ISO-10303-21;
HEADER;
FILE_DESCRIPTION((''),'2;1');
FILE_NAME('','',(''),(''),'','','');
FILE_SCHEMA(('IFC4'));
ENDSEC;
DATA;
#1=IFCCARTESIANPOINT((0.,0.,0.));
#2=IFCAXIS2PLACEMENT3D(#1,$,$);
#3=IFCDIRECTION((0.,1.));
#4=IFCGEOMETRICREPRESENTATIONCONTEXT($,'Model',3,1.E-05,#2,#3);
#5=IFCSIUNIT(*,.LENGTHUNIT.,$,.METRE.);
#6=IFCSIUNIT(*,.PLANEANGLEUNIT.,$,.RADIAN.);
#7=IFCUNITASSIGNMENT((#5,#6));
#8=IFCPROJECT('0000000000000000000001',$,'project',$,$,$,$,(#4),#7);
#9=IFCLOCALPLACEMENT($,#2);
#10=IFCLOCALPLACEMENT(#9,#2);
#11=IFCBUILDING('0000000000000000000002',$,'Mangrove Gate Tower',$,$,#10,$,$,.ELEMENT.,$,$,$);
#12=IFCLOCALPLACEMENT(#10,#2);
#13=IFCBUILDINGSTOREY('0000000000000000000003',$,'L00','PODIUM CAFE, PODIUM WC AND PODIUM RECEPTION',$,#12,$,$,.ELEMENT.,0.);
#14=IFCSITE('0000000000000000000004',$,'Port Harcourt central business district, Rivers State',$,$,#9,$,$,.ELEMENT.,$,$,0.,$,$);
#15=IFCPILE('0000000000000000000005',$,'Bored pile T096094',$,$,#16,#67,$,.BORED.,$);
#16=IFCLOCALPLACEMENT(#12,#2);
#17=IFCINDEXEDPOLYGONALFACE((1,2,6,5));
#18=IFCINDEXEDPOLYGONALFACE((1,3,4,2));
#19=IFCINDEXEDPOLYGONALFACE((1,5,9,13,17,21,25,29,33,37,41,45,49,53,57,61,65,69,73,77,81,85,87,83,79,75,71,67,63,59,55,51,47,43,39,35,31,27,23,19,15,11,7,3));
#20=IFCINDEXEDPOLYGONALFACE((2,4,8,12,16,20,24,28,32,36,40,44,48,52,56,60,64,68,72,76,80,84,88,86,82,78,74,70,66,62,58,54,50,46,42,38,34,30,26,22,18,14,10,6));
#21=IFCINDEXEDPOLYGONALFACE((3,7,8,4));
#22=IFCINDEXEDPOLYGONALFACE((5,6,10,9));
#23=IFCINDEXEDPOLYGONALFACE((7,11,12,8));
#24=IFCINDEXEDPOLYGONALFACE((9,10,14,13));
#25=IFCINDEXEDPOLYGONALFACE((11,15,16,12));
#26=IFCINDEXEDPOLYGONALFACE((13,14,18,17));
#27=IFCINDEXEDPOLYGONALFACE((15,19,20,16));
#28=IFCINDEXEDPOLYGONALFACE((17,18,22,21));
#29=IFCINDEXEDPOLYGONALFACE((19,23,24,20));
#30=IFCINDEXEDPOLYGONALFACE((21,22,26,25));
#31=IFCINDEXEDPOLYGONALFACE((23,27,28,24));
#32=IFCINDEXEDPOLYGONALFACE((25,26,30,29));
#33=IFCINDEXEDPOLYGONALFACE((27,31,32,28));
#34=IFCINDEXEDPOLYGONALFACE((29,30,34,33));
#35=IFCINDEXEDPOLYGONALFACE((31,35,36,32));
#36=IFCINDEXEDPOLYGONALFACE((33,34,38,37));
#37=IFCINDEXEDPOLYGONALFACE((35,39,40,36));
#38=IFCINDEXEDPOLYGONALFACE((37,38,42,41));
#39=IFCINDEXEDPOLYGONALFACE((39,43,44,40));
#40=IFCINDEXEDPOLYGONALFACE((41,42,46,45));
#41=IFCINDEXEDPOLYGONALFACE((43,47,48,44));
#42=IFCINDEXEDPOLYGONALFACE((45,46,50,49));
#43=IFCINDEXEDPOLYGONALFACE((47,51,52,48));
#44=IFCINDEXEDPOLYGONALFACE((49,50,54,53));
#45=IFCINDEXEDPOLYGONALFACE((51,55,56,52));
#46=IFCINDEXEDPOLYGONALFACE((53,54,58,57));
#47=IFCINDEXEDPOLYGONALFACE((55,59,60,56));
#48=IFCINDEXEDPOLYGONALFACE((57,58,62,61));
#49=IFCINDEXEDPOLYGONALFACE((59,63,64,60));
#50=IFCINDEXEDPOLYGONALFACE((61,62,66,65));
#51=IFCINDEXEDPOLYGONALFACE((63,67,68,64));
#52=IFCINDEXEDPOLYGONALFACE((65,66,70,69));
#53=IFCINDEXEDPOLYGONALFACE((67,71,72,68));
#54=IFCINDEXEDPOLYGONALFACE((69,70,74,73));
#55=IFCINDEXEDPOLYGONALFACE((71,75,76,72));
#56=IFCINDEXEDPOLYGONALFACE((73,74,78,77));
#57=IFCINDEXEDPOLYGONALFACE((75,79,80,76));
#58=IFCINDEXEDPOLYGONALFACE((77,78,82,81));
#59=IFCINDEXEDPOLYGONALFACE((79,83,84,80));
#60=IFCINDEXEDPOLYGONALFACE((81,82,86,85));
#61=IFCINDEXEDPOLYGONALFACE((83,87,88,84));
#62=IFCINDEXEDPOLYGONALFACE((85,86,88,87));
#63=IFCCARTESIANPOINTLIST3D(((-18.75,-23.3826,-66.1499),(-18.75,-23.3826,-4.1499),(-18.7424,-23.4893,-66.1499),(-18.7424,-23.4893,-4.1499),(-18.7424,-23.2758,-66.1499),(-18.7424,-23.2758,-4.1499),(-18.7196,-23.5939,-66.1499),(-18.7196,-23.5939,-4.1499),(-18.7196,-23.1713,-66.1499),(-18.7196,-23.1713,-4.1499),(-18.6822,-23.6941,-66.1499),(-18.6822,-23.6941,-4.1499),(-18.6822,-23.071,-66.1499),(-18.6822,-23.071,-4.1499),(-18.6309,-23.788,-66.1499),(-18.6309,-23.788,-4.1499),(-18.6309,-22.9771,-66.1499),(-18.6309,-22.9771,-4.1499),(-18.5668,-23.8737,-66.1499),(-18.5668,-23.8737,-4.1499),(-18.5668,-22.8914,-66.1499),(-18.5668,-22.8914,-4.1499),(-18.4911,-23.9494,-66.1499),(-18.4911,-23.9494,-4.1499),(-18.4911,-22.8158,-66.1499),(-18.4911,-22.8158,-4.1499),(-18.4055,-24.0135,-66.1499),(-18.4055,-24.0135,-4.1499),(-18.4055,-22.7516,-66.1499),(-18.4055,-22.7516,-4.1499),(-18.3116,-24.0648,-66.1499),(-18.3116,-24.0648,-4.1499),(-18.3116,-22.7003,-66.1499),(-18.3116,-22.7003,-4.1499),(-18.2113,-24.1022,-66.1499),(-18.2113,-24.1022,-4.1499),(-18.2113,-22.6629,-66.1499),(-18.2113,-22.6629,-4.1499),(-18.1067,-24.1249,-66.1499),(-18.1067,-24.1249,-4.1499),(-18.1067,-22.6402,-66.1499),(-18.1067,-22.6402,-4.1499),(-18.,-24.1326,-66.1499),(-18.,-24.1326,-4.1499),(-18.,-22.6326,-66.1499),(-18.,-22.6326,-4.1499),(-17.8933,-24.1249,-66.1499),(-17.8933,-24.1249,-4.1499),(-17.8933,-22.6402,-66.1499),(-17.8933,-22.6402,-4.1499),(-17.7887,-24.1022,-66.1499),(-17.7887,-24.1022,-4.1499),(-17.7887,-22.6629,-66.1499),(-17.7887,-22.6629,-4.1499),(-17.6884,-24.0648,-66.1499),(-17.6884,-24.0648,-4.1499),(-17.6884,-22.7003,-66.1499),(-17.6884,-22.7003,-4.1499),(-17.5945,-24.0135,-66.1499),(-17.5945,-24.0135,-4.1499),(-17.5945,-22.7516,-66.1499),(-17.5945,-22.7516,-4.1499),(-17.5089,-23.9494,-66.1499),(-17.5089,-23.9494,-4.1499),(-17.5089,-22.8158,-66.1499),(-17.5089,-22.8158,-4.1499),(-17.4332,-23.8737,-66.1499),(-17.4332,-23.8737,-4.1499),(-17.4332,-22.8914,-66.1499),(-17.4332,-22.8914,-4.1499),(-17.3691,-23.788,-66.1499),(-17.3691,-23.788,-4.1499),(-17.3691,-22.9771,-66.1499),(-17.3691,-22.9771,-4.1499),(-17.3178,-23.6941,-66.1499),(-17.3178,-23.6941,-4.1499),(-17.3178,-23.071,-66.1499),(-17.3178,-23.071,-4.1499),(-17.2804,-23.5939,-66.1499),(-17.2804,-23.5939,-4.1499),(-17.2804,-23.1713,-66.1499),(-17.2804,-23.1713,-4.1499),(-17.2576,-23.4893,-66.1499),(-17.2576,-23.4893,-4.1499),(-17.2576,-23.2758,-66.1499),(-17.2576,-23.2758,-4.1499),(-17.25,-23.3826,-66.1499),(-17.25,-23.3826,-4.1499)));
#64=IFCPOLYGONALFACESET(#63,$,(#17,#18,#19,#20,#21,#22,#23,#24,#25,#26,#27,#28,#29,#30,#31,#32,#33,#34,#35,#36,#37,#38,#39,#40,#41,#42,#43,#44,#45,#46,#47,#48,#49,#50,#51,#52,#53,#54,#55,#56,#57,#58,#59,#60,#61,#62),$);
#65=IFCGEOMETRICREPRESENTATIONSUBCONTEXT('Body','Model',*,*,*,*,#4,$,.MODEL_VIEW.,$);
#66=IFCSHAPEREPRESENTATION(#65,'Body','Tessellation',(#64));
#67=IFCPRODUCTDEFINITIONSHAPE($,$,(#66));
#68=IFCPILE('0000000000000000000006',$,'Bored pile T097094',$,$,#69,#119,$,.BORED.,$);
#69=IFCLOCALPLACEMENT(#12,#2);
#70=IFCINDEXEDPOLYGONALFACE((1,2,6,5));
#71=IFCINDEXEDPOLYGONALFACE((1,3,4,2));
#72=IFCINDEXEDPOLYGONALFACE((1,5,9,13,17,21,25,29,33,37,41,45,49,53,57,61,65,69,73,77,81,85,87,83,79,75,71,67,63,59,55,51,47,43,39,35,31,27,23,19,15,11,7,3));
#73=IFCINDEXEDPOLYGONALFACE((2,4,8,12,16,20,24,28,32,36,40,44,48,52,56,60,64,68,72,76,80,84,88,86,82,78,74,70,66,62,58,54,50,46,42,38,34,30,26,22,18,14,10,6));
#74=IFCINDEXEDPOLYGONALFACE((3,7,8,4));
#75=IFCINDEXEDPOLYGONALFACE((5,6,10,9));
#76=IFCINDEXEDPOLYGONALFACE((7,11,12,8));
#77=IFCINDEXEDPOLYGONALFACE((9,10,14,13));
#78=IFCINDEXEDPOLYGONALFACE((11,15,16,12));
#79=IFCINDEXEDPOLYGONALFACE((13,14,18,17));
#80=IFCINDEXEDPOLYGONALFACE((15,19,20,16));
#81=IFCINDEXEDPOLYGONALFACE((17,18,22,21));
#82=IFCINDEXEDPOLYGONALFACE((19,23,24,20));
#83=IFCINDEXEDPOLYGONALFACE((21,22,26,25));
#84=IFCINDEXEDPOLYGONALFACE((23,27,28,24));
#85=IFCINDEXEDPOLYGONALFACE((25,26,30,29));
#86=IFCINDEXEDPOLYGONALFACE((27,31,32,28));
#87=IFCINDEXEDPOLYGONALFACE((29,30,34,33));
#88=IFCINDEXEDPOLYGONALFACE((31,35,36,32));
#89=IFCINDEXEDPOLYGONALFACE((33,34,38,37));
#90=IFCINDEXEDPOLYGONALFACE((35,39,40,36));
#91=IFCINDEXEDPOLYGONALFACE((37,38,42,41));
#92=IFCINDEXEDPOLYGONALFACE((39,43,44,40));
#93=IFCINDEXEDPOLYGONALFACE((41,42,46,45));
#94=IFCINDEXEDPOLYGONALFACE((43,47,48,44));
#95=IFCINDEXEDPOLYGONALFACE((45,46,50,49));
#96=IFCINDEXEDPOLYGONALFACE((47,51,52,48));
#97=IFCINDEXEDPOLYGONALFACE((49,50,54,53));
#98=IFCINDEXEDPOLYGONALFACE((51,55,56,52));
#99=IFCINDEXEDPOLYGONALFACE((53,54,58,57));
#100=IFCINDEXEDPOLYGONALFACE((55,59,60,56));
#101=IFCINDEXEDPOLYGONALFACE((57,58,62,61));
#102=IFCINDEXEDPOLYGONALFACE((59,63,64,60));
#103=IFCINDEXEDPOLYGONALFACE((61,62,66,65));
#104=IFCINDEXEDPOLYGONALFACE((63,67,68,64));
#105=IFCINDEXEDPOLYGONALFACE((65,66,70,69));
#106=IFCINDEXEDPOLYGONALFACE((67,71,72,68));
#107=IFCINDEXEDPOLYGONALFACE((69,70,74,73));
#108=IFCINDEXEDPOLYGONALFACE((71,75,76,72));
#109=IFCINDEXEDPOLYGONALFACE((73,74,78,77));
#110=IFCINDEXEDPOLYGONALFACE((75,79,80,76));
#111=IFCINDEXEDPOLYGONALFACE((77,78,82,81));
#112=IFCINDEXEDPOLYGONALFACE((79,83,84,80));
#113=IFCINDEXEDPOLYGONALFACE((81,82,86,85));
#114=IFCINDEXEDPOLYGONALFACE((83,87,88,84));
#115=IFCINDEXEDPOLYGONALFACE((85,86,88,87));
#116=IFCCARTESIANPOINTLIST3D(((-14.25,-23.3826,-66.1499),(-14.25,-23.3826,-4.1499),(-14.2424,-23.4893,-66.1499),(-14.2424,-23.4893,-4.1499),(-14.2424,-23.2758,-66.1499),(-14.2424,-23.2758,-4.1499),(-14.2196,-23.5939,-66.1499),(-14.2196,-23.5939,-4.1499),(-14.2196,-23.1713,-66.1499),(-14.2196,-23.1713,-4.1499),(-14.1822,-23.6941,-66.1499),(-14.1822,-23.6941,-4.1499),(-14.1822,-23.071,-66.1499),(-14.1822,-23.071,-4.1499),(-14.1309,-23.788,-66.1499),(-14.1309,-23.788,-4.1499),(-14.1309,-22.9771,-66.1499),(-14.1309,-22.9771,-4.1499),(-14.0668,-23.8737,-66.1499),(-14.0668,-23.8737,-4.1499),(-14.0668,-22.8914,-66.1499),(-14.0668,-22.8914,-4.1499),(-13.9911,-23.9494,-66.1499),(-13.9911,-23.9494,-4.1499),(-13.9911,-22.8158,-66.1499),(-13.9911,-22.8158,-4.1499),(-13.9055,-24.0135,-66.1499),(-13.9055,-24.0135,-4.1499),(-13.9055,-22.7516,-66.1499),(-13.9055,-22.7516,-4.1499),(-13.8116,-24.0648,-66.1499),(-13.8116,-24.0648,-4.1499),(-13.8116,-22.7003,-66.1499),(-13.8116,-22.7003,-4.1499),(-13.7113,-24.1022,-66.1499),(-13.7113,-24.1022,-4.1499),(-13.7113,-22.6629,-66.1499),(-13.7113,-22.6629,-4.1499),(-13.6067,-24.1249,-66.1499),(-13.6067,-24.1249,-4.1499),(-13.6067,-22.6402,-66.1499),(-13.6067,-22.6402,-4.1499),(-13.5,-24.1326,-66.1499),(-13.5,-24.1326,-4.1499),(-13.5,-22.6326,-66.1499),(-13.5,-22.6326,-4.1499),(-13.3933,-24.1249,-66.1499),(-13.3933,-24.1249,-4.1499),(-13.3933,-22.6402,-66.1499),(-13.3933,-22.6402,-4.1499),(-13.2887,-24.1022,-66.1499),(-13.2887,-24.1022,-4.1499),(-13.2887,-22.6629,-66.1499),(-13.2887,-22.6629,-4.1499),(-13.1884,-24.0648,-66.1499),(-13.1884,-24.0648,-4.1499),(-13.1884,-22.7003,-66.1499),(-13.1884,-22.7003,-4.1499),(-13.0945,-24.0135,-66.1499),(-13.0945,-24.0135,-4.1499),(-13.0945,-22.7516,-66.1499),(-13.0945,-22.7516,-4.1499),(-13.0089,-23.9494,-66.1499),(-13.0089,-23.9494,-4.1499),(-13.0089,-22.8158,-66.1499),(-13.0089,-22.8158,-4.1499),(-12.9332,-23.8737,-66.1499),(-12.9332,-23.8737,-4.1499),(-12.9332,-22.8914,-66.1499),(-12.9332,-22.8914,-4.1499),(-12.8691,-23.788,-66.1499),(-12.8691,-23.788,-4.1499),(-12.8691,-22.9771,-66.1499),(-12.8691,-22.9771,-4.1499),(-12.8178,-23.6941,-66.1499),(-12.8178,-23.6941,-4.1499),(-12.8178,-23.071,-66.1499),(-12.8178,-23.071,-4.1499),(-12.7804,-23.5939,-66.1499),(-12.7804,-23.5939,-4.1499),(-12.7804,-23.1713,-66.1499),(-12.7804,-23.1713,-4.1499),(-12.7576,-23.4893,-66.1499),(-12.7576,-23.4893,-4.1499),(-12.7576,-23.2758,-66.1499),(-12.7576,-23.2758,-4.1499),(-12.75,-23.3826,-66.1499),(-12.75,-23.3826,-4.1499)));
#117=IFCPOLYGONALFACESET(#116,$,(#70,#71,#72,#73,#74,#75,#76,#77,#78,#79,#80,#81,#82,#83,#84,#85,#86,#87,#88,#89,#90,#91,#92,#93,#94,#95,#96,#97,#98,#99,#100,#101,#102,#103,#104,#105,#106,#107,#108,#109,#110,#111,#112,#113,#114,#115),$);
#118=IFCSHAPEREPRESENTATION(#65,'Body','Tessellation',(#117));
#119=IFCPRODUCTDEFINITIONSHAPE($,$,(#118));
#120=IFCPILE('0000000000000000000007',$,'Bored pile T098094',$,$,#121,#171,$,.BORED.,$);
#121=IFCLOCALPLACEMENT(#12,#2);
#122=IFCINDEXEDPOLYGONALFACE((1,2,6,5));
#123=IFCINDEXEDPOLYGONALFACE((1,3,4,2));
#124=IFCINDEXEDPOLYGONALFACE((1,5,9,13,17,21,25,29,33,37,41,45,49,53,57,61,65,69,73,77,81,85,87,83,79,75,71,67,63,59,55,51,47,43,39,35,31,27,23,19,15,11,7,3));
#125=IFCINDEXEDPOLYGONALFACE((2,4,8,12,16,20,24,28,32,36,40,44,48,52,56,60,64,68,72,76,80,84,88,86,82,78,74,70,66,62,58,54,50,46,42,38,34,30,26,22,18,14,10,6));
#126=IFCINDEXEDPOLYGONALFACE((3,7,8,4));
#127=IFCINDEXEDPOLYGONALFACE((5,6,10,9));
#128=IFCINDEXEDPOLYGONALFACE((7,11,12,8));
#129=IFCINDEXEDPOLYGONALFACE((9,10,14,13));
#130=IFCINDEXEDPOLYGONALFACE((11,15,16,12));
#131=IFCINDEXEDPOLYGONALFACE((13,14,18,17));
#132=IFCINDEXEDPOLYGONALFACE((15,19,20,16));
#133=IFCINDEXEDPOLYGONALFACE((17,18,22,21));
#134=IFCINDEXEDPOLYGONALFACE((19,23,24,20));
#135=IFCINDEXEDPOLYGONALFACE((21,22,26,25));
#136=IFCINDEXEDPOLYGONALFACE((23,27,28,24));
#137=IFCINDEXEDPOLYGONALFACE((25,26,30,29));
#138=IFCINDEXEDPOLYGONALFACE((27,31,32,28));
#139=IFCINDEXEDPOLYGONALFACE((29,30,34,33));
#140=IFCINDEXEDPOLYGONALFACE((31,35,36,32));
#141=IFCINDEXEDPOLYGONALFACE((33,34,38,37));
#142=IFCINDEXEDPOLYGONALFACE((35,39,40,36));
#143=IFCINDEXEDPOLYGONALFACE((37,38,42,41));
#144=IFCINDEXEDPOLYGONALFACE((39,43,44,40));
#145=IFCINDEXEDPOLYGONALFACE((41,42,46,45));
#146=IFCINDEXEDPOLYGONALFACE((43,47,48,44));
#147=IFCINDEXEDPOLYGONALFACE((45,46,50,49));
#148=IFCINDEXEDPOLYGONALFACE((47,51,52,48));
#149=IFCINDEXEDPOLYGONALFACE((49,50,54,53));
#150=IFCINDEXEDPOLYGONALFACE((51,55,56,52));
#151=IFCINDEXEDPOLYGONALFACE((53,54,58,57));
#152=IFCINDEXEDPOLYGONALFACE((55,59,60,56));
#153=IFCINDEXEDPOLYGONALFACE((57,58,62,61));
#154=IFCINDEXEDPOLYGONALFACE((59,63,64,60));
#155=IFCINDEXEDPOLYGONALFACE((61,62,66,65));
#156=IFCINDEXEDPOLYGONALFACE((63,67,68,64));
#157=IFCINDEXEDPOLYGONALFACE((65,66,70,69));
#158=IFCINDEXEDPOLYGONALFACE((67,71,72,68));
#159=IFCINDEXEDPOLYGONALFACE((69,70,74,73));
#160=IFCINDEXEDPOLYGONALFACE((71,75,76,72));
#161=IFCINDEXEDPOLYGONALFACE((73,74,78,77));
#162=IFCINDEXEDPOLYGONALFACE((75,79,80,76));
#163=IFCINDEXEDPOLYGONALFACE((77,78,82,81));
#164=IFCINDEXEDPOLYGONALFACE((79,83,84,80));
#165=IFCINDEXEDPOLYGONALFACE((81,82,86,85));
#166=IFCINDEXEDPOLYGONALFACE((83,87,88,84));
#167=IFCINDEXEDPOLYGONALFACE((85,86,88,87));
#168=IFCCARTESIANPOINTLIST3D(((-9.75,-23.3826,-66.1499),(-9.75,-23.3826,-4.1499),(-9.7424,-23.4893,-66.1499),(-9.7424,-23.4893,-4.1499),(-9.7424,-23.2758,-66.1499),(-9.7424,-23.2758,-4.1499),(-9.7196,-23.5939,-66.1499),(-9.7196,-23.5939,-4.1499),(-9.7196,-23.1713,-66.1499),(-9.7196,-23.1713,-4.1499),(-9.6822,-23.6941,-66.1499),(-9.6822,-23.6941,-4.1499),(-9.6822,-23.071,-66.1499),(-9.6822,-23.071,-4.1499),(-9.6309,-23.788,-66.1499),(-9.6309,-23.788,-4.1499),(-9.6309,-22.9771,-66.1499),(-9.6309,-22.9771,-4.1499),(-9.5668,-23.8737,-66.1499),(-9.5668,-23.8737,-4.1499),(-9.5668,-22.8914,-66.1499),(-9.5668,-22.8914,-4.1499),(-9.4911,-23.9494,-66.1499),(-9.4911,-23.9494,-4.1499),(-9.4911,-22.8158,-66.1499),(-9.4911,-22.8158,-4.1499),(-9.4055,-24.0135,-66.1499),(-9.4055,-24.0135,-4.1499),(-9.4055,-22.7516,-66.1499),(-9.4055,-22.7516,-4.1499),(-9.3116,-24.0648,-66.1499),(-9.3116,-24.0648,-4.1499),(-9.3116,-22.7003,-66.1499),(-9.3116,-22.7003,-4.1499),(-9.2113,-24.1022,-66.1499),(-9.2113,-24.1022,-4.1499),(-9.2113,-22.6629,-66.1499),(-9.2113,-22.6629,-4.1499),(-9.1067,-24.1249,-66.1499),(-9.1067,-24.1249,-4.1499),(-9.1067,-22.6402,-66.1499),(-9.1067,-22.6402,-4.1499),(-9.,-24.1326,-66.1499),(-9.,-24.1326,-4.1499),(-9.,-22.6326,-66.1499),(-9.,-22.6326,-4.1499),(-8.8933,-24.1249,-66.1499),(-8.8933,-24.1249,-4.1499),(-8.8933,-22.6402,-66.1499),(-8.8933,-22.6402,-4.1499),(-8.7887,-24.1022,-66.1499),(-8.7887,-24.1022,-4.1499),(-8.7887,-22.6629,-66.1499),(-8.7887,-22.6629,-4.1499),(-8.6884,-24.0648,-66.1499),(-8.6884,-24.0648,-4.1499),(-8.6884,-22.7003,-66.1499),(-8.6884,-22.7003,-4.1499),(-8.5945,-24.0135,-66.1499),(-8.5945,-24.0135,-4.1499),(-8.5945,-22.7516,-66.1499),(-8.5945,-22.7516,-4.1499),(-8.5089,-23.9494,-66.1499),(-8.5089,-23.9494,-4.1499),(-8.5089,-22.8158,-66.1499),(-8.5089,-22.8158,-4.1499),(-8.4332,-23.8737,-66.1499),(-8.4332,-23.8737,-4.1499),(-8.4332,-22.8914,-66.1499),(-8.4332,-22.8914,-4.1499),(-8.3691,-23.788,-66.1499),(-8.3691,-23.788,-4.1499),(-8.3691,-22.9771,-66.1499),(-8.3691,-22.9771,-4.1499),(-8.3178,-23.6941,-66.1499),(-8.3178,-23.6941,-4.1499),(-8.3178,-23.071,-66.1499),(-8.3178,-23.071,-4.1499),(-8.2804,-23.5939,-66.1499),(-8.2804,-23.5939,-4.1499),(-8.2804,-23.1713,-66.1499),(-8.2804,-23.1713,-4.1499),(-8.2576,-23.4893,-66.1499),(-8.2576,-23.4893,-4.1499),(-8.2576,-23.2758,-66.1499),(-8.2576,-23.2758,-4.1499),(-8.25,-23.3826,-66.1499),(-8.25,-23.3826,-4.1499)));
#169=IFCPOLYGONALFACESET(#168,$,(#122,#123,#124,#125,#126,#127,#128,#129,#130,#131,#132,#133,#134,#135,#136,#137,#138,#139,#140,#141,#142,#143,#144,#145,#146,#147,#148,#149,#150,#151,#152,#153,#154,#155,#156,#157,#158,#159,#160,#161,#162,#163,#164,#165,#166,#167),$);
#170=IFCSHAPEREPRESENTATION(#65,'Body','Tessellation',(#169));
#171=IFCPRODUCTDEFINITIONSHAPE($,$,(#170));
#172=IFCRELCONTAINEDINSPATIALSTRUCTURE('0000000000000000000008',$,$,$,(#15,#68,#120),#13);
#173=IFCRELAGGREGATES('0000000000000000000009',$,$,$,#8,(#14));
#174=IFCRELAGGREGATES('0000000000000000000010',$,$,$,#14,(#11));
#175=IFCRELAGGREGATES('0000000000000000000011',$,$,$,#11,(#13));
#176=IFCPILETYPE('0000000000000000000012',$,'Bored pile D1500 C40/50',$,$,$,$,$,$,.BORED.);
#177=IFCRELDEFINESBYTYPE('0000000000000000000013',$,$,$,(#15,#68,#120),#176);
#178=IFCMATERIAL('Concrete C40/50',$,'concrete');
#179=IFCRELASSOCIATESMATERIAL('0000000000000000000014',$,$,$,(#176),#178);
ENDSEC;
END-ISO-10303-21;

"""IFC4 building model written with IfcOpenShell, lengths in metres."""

from ifc_helpers import new_model, si_unit, direction, frame, origin, origin_2d, place, context, subcontext, project, spatial, circle, extrude, material, material_profile, profile_set, type_object, element, save


model = new_model("IFC4")

# Units and contexts
model_context = context("Model", 3, precision=1e-05, world=origin(), true_north=direction((0.0, 1.0)))
body_context = subcontext(model_context, "Body", "Model", "MODEL_VIEW")
ifc_project = project(units=[si_unit("LENGTHUNIT", "METRE"), si_unit("PLANEANGLEUNIT", "RADIAN")], contexts=[model_context])

# Site, building, storey
site_placement = place(None, origin())
site = spatial("IfcSite", under=ifc_project, at=site_placement, Name="Port Harcourt central business district, Rivers State", CompositionType="ELEMENT", RefElevation=0.0)
building_placement = place(site_placement, origin())
building = spatial("IfcBuilding", under=site, at=building_placement, Name="Mangrove Gate Tower", CompositionType="ELEMENT")
storey_placement = place(building_placement, origin())
storey = spatial("IfcBuildingStorey", under=building, at=storey_placement, Name="L00", Description="PODIUM CAFE, PODIUM WC AND PODIUM RECEPTION", CompositionType="ELEMENT", Elevation=0.0)

# Piles
ifc_material_1 = material(Name="Concrete C40/50", Category="concrete")
ifc_material_profile_1 = material_profile(ifc_material_1, circle(Radius=0.75, at=origin_2d()))
ifc_profile_set_1 = profile_set([ifc_material_profile_1], Name="Concrete C40/50")
pile_type = type_object("IfcPileType", Name="Bored pile D1500 C40/50", PredefinedType="BORED", material=ifc_profile_set_1)
for number, where, z_axis, x_axis, name in (
    (1, (-18.0, -23.3826, -4.1499), (0.0, 0.0, -1.0), (1.0, 0.0, 0.0), "Bored pile T096094"),
    (2, (-13.5, -23.3826, -4.1499), (0.0, 0.0, -1.0), (1.0, 0.0, 0.0), "Bored pile T097094"),
    (3, (-9.0, -23.3826, -4.1499), (0.0, 0.0, -1.0), (1.0, 0.0, 0.0), "Bored pile T098094"),
):
    element("IfcPile", number, at=place(storey_placement, frame(where, z_axis=z_axis, x_axis=x_axis)), inside=storey, type_object=pile_type, Name=name, PredefinedType="BORED", context=body_context, shape_type="SweptSolid", body=[
        extrude(circle(Radius=0.75, at=origin_2d()), origin(), (0.0, 0.0, 1.0), 62.0),
    ])

save(model, "model.ifc")
